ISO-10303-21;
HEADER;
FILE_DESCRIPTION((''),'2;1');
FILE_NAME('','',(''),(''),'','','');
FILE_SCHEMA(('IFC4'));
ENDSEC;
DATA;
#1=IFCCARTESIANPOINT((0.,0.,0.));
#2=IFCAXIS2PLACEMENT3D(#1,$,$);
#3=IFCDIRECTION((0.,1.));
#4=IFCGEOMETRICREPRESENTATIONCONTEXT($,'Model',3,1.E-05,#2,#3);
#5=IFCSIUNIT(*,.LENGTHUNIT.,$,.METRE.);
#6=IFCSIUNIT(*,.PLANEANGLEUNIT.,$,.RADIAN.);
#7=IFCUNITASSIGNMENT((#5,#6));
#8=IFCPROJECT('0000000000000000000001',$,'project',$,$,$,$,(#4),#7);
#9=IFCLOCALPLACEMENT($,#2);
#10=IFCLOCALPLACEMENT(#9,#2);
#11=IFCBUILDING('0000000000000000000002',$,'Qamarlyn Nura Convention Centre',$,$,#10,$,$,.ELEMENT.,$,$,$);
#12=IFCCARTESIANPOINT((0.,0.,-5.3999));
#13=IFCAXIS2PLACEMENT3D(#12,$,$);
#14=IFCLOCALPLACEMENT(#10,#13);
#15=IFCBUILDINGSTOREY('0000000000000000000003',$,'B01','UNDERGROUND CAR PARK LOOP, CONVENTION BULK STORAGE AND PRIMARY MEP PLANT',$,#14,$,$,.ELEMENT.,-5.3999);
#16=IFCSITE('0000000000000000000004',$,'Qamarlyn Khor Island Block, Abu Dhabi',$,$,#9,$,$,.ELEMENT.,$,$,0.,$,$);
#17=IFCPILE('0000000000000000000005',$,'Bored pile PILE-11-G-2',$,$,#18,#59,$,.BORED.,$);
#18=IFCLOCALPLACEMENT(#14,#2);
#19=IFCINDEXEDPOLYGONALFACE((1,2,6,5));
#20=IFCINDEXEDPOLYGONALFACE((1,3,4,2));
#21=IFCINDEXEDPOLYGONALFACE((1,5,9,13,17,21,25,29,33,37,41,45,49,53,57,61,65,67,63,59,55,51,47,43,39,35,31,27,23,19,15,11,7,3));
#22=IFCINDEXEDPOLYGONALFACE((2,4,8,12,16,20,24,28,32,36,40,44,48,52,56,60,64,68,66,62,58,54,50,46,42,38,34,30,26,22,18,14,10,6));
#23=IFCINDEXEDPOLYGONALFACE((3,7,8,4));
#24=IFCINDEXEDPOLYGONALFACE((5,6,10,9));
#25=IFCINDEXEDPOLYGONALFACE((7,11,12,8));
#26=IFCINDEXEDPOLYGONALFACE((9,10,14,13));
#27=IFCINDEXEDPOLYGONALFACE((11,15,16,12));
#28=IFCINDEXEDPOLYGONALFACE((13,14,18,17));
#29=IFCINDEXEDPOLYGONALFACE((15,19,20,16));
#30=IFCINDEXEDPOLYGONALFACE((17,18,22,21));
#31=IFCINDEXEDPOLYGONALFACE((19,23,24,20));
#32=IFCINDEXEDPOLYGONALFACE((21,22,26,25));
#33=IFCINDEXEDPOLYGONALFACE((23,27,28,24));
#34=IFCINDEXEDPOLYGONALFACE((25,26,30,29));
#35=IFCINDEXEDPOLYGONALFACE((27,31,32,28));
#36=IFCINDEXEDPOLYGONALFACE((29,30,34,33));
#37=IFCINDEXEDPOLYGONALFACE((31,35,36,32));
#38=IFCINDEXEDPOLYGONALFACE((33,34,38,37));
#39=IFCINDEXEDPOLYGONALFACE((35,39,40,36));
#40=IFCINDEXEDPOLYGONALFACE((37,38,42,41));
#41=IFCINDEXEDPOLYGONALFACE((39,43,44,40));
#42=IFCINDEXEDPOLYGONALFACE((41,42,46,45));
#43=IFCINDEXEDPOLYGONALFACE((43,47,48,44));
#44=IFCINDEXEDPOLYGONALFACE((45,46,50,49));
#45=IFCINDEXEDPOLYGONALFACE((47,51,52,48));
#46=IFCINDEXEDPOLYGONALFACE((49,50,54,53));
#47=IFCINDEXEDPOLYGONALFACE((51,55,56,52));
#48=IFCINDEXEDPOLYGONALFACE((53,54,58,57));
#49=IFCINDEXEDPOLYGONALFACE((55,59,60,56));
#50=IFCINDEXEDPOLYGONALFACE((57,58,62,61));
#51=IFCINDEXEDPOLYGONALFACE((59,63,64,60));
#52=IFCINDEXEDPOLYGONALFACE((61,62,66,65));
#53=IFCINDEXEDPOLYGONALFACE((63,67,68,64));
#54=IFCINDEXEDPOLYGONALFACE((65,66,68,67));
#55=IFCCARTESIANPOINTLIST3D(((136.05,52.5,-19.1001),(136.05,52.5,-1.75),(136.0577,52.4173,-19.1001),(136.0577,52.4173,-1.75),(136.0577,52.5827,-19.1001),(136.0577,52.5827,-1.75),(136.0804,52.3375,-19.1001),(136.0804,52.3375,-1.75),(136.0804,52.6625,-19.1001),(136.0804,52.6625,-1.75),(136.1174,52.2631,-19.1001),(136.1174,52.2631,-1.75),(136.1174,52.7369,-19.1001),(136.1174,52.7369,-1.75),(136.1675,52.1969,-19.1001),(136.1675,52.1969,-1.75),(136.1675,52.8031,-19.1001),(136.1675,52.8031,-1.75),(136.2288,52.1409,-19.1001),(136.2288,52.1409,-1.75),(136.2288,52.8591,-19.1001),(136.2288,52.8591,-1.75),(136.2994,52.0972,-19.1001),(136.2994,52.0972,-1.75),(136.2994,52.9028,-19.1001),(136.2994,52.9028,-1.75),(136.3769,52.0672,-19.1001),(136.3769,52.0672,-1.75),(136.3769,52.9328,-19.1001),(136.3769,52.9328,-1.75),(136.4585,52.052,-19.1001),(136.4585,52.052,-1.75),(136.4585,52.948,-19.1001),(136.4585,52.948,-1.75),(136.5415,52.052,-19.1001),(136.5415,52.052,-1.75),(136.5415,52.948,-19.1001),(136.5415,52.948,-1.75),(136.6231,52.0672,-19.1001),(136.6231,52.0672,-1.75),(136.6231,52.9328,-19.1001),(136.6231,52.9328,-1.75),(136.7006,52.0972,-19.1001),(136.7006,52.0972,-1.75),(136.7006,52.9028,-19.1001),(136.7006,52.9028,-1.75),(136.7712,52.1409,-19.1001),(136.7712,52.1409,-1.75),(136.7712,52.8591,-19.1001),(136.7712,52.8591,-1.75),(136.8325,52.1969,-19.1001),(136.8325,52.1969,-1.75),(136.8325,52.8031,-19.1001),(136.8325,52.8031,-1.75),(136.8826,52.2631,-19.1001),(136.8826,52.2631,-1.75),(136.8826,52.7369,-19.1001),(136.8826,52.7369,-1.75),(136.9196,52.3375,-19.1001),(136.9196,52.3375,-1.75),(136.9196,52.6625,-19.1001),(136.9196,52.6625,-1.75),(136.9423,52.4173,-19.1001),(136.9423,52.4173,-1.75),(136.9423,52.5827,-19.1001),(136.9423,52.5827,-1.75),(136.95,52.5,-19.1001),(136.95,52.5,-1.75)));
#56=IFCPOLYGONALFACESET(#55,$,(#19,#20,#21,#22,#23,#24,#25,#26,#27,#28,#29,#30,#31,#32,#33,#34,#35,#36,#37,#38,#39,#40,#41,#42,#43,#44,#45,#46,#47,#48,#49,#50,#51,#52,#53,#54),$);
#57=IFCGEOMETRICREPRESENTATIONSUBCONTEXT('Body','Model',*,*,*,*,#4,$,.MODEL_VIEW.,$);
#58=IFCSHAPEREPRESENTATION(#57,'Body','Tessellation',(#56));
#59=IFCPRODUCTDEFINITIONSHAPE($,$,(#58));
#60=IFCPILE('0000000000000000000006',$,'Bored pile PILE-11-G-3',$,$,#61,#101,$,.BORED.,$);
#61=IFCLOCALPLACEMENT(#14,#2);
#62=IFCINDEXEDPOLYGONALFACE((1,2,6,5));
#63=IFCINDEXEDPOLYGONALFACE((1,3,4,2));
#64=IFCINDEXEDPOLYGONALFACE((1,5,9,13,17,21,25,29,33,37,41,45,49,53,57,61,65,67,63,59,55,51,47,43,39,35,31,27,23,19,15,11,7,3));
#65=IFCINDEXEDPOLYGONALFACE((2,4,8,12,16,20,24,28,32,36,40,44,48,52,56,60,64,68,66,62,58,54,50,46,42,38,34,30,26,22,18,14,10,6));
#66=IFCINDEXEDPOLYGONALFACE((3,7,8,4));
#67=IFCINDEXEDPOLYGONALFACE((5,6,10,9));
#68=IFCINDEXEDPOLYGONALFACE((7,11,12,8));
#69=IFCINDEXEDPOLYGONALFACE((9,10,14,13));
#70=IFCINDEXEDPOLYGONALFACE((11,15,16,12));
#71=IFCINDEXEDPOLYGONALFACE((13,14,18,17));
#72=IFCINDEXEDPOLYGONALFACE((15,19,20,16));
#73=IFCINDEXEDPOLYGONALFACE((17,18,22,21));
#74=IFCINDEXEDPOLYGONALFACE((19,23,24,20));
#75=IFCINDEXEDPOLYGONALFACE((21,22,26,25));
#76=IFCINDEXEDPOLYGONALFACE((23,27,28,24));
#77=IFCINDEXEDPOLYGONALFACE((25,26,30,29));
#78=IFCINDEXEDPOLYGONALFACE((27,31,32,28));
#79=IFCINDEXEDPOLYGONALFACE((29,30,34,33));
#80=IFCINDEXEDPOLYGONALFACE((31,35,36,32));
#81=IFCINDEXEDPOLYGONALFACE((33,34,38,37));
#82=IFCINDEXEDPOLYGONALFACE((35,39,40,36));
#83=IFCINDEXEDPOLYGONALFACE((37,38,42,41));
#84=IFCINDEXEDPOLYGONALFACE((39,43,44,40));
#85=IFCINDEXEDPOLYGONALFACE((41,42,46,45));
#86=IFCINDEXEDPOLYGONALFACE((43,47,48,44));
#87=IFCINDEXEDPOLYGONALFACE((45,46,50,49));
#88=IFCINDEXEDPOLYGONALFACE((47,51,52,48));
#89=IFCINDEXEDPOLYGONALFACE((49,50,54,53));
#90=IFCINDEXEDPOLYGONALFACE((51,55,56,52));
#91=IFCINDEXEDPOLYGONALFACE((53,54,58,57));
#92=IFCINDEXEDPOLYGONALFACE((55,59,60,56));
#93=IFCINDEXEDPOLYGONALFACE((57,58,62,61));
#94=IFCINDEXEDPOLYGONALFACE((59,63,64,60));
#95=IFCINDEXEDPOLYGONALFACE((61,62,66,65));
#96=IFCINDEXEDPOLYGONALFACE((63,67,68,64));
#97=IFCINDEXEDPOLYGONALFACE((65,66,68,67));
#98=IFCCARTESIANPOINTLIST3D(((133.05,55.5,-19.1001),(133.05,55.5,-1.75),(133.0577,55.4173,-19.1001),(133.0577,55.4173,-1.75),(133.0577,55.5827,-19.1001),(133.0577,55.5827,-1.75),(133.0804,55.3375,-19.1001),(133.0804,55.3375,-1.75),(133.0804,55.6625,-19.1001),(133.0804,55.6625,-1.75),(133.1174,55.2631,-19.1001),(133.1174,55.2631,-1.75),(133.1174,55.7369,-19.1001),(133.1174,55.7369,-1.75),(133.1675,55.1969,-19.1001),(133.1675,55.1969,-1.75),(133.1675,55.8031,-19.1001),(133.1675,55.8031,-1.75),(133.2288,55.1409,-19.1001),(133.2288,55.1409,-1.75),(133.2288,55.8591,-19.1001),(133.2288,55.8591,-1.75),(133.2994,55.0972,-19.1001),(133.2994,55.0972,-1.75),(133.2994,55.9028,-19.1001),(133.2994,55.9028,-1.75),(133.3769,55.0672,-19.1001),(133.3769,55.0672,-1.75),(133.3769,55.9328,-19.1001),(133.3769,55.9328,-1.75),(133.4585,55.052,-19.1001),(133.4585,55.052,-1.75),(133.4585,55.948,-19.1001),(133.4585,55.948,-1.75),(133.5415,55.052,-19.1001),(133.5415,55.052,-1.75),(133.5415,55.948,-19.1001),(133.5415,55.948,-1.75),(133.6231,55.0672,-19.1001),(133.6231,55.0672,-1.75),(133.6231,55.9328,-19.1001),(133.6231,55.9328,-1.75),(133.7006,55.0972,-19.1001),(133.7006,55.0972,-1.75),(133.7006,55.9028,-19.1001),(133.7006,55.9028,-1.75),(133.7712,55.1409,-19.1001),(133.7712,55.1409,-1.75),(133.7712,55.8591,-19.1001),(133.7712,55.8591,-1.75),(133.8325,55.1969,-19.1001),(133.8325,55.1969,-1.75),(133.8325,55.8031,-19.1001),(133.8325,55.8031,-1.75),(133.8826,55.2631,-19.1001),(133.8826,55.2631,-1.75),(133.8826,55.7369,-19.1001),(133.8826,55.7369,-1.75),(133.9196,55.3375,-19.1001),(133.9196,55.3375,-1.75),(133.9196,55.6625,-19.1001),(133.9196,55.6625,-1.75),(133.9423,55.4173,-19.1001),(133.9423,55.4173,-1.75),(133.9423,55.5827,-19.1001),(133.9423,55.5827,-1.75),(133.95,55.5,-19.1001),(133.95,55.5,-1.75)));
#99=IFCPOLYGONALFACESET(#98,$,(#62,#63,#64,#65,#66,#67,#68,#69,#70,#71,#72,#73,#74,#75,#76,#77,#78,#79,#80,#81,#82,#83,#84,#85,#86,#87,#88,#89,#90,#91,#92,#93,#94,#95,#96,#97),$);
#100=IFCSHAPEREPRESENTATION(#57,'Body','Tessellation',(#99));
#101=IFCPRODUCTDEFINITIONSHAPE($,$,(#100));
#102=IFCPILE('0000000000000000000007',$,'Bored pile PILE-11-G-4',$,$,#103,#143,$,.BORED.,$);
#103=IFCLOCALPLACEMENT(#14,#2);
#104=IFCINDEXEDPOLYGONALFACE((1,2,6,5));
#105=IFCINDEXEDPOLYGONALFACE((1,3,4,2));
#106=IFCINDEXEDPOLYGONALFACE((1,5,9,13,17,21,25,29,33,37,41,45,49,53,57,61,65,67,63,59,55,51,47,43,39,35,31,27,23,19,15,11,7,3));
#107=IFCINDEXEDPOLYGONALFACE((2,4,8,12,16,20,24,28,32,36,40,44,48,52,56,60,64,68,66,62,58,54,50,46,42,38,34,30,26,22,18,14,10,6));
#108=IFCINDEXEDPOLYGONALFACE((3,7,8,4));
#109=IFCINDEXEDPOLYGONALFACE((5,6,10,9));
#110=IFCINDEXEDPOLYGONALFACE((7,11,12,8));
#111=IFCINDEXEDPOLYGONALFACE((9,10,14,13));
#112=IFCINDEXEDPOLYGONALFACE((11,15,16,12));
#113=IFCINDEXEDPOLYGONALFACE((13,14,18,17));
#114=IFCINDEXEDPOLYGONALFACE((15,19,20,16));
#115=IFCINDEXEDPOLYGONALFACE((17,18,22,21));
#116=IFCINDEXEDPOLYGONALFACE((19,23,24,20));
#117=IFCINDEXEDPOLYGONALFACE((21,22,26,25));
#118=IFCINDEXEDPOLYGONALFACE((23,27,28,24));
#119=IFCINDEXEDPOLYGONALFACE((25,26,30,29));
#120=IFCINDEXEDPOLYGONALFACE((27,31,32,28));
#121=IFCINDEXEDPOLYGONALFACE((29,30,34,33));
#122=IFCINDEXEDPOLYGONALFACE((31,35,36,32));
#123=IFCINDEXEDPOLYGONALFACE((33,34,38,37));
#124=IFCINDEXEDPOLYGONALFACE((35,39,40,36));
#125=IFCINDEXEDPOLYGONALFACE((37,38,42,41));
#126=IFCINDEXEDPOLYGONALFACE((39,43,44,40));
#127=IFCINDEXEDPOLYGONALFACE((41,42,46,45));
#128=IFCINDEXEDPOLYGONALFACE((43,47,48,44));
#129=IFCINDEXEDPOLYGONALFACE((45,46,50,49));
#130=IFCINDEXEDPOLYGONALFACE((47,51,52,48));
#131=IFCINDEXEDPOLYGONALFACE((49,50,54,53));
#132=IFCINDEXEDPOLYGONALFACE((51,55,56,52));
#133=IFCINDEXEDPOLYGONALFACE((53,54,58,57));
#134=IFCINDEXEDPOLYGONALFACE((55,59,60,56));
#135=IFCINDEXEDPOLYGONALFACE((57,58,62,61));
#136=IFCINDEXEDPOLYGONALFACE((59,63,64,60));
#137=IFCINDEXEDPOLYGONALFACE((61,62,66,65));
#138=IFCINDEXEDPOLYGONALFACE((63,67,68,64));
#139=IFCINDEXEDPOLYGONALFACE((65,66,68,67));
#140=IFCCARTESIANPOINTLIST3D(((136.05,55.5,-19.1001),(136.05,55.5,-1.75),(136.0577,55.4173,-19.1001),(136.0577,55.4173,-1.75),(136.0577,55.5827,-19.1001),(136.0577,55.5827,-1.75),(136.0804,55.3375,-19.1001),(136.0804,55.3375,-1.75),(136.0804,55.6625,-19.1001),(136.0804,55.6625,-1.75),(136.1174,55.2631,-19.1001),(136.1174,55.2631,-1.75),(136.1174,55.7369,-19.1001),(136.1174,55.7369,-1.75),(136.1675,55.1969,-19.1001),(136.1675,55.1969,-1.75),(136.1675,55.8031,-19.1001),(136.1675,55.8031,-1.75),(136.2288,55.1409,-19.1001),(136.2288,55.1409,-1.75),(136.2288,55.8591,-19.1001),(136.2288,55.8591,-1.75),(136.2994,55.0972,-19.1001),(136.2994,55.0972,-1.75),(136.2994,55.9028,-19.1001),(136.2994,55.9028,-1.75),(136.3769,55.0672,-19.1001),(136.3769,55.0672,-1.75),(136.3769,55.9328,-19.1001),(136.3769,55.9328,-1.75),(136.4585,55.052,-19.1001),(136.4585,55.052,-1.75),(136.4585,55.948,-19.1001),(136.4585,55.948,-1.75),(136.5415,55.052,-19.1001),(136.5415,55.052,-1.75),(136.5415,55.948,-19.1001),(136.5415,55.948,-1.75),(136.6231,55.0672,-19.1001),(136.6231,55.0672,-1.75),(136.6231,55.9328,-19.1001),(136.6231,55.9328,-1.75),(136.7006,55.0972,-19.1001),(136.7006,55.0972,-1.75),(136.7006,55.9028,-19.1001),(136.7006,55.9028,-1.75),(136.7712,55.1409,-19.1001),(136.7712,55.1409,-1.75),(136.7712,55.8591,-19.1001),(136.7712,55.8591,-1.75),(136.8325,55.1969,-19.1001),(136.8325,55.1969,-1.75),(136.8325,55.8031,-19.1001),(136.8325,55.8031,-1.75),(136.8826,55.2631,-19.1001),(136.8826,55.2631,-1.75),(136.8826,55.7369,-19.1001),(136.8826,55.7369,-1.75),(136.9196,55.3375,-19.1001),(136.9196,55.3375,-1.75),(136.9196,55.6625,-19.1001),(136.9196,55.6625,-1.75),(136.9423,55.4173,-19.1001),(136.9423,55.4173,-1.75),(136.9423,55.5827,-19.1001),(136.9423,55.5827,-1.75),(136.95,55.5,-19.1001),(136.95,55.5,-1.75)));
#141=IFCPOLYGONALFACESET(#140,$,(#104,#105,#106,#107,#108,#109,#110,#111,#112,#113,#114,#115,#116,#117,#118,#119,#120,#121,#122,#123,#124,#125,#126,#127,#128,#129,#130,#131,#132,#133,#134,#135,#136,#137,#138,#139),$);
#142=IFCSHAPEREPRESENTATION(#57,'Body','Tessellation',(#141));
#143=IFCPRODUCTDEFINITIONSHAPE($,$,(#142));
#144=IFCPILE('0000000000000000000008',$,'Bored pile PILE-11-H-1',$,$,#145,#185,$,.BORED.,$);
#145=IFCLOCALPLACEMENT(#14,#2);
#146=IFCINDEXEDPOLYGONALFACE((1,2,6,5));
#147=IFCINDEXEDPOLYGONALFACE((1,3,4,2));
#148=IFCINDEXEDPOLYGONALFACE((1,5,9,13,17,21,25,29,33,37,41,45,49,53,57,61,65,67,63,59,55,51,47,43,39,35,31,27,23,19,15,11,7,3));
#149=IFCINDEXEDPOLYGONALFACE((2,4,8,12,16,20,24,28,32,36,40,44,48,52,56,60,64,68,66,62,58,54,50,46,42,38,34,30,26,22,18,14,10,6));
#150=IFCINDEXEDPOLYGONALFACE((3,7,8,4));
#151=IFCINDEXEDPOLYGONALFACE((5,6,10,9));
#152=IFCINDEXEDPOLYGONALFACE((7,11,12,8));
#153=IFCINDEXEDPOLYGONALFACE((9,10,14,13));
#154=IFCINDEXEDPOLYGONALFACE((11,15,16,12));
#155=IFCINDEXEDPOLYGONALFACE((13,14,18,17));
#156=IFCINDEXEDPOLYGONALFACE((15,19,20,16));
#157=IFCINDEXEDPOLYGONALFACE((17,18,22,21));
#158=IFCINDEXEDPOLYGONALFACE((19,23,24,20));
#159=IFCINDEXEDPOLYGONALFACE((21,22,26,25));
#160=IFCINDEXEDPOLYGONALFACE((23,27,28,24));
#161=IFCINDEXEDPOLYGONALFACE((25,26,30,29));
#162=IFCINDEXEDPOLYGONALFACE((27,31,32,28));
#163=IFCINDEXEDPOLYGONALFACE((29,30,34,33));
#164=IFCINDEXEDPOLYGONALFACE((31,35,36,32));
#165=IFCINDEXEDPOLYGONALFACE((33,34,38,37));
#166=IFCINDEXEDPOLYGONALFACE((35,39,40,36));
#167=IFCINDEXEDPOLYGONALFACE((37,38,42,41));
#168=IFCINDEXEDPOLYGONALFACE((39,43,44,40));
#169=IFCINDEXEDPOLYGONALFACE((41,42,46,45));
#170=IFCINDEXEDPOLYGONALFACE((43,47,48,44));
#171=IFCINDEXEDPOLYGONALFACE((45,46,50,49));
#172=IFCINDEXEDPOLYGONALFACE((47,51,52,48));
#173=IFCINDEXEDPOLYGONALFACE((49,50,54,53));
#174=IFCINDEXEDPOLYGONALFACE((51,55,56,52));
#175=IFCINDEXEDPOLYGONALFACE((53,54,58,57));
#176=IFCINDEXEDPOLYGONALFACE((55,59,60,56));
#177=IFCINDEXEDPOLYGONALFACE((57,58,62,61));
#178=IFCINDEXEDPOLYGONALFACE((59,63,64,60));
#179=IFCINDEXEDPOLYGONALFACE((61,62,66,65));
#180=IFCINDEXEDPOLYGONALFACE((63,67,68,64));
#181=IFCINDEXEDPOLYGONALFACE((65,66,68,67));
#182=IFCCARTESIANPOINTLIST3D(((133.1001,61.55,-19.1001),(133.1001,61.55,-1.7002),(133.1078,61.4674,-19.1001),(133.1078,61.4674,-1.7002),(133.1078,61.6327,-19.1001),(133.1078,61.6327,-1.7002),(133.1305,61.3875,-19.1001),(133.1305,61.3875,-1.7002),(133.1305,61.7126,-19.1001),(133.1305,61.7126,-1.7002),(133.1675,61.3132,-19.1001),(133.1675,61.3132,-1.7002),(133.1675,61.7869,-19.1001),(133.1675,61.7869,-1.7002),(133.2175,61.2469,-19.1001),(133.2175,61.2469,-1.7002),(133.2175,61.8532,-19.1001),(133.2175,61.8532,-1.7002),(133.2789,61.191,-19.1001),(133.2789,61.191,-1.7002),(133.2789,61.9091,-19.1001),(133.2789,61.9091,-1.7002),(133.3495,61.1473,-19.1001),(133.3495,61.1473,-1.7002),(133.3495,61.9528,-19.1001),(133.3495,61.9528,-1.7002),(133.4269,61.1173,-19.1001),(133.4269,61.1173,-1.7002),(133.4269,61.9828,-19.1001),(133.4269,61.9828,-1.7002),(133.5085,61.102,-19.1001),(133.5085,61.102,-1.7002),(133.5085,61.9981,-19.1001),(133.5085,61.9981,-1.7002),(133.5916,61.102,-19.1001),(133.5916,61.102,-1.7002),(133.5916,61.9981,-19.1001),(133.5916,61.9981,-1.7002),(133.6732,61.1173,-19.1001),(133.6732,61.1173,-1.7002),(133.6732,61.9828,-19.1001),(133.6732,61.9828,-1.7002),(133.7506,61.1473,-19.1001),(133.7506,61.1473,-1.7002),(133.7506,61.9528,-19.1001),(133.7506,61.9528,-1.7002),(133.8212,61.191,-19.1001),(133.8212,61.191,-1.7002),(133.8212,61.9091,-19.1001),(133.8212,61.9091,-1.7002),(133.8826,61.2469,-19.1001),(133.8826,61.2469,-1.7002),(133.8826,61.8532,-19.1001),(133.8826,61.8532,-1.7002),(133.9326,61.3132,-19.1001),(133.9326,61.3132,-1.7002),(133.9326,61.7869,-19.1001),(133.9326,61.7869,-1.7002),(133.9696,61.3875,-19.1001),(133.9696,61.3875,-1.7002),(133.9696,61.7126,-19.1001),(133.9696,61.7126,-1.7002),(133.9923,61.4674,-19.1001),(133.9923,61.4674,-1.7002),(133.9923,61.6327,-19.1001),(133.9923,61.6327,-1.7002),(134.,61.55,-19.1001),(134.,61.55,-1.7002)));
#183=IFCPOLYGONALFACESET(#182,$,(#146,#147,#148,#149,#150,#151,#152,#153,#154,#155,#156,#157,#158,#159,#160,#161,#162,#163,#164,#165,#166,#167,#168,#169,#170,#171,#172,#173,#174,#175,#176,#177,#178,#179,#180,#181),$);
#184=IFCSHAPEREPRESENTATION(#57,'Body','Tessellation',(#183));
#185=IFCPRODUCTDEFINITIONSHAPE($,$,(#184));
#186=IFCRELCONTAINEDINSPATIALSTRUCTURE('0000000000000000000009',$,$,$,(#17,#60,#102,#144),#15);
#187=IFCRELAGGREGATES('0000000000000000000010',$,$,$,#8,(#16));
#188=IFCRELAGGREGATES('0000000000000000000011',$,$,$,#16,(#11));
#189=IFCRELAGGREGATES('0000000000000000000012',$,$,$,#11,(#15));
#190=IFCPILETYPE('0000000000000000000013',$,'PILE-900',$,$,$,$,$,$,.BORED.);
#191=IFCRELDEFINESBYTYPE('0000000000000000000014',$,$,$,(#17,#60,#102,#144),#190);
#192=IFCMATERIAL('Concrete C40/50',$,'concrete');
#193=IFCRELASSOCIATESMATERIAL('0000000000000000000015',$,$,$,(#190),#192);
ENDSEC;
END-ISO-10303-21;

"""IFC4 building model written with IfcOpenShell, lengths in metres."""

from ifc_helpers import new_model, si_unit, direction, frame, origin, origin_2d, place, context, subcontext, project, spatial, circle, extrude, material, material_profile, profile_set, type_object, element, save


model = new_model("IFC4")

# Units and contexts
model_context = context("Model", 3, precision=1e-05, world=origin(), true_north=direction((0.0, 1.0)))
body_context = subcontext(model_context, "Body", "Model", "MODEL_VIEW")
ifc_project = project(units=[si_unit("LENGTHUNIT", "METRE"), si_unit("PLANEANGLEUNIT", "RADIAN")], contexts=[model_context])

# Site, building, storey
site_placement = place(None, origin())
site = spatial("IfcSite", under=ifc_project, at=site_placement, Name="Qamarlyn Khor Island Block, Abu Dhabi", CompositionType="ELEMENT", RefElevation=0.0)
building_placement = place(site_placement, origin())
building = spatial("IfcBuilding", under=site, at=building_placement, Name="Qamarlyn Nura Convention Centre", CompositionType="ELEMENT")
storey_placement = place(building_placement, frame((0.0, 0.0, -5.3999)))
storey = spatial("IfcBuildingStorey", under=building, at=storey_placement, Name="B01", Description="UNDERGROUND CAR PARK LOOP, CONVENTION BULK STORAGE AND PRIMARY MEP PLANT", CompositionType="ELEMENT", Elevation=-5.3999)

# Shared definitions
ifc_material_1 = material(Name="Concrete C40/50", Category="concrete")

# Piles
ifc_material_profile_1 = material_profile(ifc_material_1, circle(Radius=0.45, at=origin_2d()), Name="BORED PILE 900")
ifc_profile_set_1 = profile_set([ifc_material_profile_1], Name="Concrete C40/50")
pile_type = type_object("IfcPileType", Name="PILE-900", PredefinedType="BORED", material=ifc_profile_set_1)
for number, where, z_axis, x_axis, name in (
    (1, (136.5, 52.5, -1.75), (0.0, 0.0, -1.0), (1.0, 0.0, 0.0), "Bored pile PILE-11-G-2"),
    (2, (133.5, 55.5, -1.75), (0.0, 0.0, -1.0), (1.0, 0.0, 0.0), "Bored pile PILE-11-G-3"),
    (3, (136.5, 55.5, -1.75), (0.0, 0.0, -1.0), (1.0, 0.0, 0.0), "Bored pile PILE-11-G-4"),
):
    element("IfcPile", number, at=place(storey_placement, frame(where, z_axis=z_axis, x_axis=x_axis)), inside=storey, type_object=pile_type, Name=name, PredefinedType="BORED", context=body_context, shape_type="SweptSolid", body=[
        extrude(circle(Radius=0.45, at=origin_2d()), origin(), (0.0, 0.0, 1.0), 17.3501),
    ])
for number, where, z_axis, x_axis, name in (
    (4, (133.55, 61.55, -1.7002), (0.0, 0.0, -1.0), (1.0, 0.0, 0.0), "Bored pile PILE-11-H-1"),
):
    element("IfcPile", number, at=place(storey_placement, frame(where, z_axis=z_axis, x_axis=x_axis)), inside=storey, type_object=pile_type, Name=name, PredefinedType="BORED", context=body_context, shape_type="SweptSolid", body=[
        extrude(circle(Radius=0.45, at=origin_2d()), origin(), (0.0, 0.0, 1.0), 17.3999),
    ])

save(model, "model.ifc")
